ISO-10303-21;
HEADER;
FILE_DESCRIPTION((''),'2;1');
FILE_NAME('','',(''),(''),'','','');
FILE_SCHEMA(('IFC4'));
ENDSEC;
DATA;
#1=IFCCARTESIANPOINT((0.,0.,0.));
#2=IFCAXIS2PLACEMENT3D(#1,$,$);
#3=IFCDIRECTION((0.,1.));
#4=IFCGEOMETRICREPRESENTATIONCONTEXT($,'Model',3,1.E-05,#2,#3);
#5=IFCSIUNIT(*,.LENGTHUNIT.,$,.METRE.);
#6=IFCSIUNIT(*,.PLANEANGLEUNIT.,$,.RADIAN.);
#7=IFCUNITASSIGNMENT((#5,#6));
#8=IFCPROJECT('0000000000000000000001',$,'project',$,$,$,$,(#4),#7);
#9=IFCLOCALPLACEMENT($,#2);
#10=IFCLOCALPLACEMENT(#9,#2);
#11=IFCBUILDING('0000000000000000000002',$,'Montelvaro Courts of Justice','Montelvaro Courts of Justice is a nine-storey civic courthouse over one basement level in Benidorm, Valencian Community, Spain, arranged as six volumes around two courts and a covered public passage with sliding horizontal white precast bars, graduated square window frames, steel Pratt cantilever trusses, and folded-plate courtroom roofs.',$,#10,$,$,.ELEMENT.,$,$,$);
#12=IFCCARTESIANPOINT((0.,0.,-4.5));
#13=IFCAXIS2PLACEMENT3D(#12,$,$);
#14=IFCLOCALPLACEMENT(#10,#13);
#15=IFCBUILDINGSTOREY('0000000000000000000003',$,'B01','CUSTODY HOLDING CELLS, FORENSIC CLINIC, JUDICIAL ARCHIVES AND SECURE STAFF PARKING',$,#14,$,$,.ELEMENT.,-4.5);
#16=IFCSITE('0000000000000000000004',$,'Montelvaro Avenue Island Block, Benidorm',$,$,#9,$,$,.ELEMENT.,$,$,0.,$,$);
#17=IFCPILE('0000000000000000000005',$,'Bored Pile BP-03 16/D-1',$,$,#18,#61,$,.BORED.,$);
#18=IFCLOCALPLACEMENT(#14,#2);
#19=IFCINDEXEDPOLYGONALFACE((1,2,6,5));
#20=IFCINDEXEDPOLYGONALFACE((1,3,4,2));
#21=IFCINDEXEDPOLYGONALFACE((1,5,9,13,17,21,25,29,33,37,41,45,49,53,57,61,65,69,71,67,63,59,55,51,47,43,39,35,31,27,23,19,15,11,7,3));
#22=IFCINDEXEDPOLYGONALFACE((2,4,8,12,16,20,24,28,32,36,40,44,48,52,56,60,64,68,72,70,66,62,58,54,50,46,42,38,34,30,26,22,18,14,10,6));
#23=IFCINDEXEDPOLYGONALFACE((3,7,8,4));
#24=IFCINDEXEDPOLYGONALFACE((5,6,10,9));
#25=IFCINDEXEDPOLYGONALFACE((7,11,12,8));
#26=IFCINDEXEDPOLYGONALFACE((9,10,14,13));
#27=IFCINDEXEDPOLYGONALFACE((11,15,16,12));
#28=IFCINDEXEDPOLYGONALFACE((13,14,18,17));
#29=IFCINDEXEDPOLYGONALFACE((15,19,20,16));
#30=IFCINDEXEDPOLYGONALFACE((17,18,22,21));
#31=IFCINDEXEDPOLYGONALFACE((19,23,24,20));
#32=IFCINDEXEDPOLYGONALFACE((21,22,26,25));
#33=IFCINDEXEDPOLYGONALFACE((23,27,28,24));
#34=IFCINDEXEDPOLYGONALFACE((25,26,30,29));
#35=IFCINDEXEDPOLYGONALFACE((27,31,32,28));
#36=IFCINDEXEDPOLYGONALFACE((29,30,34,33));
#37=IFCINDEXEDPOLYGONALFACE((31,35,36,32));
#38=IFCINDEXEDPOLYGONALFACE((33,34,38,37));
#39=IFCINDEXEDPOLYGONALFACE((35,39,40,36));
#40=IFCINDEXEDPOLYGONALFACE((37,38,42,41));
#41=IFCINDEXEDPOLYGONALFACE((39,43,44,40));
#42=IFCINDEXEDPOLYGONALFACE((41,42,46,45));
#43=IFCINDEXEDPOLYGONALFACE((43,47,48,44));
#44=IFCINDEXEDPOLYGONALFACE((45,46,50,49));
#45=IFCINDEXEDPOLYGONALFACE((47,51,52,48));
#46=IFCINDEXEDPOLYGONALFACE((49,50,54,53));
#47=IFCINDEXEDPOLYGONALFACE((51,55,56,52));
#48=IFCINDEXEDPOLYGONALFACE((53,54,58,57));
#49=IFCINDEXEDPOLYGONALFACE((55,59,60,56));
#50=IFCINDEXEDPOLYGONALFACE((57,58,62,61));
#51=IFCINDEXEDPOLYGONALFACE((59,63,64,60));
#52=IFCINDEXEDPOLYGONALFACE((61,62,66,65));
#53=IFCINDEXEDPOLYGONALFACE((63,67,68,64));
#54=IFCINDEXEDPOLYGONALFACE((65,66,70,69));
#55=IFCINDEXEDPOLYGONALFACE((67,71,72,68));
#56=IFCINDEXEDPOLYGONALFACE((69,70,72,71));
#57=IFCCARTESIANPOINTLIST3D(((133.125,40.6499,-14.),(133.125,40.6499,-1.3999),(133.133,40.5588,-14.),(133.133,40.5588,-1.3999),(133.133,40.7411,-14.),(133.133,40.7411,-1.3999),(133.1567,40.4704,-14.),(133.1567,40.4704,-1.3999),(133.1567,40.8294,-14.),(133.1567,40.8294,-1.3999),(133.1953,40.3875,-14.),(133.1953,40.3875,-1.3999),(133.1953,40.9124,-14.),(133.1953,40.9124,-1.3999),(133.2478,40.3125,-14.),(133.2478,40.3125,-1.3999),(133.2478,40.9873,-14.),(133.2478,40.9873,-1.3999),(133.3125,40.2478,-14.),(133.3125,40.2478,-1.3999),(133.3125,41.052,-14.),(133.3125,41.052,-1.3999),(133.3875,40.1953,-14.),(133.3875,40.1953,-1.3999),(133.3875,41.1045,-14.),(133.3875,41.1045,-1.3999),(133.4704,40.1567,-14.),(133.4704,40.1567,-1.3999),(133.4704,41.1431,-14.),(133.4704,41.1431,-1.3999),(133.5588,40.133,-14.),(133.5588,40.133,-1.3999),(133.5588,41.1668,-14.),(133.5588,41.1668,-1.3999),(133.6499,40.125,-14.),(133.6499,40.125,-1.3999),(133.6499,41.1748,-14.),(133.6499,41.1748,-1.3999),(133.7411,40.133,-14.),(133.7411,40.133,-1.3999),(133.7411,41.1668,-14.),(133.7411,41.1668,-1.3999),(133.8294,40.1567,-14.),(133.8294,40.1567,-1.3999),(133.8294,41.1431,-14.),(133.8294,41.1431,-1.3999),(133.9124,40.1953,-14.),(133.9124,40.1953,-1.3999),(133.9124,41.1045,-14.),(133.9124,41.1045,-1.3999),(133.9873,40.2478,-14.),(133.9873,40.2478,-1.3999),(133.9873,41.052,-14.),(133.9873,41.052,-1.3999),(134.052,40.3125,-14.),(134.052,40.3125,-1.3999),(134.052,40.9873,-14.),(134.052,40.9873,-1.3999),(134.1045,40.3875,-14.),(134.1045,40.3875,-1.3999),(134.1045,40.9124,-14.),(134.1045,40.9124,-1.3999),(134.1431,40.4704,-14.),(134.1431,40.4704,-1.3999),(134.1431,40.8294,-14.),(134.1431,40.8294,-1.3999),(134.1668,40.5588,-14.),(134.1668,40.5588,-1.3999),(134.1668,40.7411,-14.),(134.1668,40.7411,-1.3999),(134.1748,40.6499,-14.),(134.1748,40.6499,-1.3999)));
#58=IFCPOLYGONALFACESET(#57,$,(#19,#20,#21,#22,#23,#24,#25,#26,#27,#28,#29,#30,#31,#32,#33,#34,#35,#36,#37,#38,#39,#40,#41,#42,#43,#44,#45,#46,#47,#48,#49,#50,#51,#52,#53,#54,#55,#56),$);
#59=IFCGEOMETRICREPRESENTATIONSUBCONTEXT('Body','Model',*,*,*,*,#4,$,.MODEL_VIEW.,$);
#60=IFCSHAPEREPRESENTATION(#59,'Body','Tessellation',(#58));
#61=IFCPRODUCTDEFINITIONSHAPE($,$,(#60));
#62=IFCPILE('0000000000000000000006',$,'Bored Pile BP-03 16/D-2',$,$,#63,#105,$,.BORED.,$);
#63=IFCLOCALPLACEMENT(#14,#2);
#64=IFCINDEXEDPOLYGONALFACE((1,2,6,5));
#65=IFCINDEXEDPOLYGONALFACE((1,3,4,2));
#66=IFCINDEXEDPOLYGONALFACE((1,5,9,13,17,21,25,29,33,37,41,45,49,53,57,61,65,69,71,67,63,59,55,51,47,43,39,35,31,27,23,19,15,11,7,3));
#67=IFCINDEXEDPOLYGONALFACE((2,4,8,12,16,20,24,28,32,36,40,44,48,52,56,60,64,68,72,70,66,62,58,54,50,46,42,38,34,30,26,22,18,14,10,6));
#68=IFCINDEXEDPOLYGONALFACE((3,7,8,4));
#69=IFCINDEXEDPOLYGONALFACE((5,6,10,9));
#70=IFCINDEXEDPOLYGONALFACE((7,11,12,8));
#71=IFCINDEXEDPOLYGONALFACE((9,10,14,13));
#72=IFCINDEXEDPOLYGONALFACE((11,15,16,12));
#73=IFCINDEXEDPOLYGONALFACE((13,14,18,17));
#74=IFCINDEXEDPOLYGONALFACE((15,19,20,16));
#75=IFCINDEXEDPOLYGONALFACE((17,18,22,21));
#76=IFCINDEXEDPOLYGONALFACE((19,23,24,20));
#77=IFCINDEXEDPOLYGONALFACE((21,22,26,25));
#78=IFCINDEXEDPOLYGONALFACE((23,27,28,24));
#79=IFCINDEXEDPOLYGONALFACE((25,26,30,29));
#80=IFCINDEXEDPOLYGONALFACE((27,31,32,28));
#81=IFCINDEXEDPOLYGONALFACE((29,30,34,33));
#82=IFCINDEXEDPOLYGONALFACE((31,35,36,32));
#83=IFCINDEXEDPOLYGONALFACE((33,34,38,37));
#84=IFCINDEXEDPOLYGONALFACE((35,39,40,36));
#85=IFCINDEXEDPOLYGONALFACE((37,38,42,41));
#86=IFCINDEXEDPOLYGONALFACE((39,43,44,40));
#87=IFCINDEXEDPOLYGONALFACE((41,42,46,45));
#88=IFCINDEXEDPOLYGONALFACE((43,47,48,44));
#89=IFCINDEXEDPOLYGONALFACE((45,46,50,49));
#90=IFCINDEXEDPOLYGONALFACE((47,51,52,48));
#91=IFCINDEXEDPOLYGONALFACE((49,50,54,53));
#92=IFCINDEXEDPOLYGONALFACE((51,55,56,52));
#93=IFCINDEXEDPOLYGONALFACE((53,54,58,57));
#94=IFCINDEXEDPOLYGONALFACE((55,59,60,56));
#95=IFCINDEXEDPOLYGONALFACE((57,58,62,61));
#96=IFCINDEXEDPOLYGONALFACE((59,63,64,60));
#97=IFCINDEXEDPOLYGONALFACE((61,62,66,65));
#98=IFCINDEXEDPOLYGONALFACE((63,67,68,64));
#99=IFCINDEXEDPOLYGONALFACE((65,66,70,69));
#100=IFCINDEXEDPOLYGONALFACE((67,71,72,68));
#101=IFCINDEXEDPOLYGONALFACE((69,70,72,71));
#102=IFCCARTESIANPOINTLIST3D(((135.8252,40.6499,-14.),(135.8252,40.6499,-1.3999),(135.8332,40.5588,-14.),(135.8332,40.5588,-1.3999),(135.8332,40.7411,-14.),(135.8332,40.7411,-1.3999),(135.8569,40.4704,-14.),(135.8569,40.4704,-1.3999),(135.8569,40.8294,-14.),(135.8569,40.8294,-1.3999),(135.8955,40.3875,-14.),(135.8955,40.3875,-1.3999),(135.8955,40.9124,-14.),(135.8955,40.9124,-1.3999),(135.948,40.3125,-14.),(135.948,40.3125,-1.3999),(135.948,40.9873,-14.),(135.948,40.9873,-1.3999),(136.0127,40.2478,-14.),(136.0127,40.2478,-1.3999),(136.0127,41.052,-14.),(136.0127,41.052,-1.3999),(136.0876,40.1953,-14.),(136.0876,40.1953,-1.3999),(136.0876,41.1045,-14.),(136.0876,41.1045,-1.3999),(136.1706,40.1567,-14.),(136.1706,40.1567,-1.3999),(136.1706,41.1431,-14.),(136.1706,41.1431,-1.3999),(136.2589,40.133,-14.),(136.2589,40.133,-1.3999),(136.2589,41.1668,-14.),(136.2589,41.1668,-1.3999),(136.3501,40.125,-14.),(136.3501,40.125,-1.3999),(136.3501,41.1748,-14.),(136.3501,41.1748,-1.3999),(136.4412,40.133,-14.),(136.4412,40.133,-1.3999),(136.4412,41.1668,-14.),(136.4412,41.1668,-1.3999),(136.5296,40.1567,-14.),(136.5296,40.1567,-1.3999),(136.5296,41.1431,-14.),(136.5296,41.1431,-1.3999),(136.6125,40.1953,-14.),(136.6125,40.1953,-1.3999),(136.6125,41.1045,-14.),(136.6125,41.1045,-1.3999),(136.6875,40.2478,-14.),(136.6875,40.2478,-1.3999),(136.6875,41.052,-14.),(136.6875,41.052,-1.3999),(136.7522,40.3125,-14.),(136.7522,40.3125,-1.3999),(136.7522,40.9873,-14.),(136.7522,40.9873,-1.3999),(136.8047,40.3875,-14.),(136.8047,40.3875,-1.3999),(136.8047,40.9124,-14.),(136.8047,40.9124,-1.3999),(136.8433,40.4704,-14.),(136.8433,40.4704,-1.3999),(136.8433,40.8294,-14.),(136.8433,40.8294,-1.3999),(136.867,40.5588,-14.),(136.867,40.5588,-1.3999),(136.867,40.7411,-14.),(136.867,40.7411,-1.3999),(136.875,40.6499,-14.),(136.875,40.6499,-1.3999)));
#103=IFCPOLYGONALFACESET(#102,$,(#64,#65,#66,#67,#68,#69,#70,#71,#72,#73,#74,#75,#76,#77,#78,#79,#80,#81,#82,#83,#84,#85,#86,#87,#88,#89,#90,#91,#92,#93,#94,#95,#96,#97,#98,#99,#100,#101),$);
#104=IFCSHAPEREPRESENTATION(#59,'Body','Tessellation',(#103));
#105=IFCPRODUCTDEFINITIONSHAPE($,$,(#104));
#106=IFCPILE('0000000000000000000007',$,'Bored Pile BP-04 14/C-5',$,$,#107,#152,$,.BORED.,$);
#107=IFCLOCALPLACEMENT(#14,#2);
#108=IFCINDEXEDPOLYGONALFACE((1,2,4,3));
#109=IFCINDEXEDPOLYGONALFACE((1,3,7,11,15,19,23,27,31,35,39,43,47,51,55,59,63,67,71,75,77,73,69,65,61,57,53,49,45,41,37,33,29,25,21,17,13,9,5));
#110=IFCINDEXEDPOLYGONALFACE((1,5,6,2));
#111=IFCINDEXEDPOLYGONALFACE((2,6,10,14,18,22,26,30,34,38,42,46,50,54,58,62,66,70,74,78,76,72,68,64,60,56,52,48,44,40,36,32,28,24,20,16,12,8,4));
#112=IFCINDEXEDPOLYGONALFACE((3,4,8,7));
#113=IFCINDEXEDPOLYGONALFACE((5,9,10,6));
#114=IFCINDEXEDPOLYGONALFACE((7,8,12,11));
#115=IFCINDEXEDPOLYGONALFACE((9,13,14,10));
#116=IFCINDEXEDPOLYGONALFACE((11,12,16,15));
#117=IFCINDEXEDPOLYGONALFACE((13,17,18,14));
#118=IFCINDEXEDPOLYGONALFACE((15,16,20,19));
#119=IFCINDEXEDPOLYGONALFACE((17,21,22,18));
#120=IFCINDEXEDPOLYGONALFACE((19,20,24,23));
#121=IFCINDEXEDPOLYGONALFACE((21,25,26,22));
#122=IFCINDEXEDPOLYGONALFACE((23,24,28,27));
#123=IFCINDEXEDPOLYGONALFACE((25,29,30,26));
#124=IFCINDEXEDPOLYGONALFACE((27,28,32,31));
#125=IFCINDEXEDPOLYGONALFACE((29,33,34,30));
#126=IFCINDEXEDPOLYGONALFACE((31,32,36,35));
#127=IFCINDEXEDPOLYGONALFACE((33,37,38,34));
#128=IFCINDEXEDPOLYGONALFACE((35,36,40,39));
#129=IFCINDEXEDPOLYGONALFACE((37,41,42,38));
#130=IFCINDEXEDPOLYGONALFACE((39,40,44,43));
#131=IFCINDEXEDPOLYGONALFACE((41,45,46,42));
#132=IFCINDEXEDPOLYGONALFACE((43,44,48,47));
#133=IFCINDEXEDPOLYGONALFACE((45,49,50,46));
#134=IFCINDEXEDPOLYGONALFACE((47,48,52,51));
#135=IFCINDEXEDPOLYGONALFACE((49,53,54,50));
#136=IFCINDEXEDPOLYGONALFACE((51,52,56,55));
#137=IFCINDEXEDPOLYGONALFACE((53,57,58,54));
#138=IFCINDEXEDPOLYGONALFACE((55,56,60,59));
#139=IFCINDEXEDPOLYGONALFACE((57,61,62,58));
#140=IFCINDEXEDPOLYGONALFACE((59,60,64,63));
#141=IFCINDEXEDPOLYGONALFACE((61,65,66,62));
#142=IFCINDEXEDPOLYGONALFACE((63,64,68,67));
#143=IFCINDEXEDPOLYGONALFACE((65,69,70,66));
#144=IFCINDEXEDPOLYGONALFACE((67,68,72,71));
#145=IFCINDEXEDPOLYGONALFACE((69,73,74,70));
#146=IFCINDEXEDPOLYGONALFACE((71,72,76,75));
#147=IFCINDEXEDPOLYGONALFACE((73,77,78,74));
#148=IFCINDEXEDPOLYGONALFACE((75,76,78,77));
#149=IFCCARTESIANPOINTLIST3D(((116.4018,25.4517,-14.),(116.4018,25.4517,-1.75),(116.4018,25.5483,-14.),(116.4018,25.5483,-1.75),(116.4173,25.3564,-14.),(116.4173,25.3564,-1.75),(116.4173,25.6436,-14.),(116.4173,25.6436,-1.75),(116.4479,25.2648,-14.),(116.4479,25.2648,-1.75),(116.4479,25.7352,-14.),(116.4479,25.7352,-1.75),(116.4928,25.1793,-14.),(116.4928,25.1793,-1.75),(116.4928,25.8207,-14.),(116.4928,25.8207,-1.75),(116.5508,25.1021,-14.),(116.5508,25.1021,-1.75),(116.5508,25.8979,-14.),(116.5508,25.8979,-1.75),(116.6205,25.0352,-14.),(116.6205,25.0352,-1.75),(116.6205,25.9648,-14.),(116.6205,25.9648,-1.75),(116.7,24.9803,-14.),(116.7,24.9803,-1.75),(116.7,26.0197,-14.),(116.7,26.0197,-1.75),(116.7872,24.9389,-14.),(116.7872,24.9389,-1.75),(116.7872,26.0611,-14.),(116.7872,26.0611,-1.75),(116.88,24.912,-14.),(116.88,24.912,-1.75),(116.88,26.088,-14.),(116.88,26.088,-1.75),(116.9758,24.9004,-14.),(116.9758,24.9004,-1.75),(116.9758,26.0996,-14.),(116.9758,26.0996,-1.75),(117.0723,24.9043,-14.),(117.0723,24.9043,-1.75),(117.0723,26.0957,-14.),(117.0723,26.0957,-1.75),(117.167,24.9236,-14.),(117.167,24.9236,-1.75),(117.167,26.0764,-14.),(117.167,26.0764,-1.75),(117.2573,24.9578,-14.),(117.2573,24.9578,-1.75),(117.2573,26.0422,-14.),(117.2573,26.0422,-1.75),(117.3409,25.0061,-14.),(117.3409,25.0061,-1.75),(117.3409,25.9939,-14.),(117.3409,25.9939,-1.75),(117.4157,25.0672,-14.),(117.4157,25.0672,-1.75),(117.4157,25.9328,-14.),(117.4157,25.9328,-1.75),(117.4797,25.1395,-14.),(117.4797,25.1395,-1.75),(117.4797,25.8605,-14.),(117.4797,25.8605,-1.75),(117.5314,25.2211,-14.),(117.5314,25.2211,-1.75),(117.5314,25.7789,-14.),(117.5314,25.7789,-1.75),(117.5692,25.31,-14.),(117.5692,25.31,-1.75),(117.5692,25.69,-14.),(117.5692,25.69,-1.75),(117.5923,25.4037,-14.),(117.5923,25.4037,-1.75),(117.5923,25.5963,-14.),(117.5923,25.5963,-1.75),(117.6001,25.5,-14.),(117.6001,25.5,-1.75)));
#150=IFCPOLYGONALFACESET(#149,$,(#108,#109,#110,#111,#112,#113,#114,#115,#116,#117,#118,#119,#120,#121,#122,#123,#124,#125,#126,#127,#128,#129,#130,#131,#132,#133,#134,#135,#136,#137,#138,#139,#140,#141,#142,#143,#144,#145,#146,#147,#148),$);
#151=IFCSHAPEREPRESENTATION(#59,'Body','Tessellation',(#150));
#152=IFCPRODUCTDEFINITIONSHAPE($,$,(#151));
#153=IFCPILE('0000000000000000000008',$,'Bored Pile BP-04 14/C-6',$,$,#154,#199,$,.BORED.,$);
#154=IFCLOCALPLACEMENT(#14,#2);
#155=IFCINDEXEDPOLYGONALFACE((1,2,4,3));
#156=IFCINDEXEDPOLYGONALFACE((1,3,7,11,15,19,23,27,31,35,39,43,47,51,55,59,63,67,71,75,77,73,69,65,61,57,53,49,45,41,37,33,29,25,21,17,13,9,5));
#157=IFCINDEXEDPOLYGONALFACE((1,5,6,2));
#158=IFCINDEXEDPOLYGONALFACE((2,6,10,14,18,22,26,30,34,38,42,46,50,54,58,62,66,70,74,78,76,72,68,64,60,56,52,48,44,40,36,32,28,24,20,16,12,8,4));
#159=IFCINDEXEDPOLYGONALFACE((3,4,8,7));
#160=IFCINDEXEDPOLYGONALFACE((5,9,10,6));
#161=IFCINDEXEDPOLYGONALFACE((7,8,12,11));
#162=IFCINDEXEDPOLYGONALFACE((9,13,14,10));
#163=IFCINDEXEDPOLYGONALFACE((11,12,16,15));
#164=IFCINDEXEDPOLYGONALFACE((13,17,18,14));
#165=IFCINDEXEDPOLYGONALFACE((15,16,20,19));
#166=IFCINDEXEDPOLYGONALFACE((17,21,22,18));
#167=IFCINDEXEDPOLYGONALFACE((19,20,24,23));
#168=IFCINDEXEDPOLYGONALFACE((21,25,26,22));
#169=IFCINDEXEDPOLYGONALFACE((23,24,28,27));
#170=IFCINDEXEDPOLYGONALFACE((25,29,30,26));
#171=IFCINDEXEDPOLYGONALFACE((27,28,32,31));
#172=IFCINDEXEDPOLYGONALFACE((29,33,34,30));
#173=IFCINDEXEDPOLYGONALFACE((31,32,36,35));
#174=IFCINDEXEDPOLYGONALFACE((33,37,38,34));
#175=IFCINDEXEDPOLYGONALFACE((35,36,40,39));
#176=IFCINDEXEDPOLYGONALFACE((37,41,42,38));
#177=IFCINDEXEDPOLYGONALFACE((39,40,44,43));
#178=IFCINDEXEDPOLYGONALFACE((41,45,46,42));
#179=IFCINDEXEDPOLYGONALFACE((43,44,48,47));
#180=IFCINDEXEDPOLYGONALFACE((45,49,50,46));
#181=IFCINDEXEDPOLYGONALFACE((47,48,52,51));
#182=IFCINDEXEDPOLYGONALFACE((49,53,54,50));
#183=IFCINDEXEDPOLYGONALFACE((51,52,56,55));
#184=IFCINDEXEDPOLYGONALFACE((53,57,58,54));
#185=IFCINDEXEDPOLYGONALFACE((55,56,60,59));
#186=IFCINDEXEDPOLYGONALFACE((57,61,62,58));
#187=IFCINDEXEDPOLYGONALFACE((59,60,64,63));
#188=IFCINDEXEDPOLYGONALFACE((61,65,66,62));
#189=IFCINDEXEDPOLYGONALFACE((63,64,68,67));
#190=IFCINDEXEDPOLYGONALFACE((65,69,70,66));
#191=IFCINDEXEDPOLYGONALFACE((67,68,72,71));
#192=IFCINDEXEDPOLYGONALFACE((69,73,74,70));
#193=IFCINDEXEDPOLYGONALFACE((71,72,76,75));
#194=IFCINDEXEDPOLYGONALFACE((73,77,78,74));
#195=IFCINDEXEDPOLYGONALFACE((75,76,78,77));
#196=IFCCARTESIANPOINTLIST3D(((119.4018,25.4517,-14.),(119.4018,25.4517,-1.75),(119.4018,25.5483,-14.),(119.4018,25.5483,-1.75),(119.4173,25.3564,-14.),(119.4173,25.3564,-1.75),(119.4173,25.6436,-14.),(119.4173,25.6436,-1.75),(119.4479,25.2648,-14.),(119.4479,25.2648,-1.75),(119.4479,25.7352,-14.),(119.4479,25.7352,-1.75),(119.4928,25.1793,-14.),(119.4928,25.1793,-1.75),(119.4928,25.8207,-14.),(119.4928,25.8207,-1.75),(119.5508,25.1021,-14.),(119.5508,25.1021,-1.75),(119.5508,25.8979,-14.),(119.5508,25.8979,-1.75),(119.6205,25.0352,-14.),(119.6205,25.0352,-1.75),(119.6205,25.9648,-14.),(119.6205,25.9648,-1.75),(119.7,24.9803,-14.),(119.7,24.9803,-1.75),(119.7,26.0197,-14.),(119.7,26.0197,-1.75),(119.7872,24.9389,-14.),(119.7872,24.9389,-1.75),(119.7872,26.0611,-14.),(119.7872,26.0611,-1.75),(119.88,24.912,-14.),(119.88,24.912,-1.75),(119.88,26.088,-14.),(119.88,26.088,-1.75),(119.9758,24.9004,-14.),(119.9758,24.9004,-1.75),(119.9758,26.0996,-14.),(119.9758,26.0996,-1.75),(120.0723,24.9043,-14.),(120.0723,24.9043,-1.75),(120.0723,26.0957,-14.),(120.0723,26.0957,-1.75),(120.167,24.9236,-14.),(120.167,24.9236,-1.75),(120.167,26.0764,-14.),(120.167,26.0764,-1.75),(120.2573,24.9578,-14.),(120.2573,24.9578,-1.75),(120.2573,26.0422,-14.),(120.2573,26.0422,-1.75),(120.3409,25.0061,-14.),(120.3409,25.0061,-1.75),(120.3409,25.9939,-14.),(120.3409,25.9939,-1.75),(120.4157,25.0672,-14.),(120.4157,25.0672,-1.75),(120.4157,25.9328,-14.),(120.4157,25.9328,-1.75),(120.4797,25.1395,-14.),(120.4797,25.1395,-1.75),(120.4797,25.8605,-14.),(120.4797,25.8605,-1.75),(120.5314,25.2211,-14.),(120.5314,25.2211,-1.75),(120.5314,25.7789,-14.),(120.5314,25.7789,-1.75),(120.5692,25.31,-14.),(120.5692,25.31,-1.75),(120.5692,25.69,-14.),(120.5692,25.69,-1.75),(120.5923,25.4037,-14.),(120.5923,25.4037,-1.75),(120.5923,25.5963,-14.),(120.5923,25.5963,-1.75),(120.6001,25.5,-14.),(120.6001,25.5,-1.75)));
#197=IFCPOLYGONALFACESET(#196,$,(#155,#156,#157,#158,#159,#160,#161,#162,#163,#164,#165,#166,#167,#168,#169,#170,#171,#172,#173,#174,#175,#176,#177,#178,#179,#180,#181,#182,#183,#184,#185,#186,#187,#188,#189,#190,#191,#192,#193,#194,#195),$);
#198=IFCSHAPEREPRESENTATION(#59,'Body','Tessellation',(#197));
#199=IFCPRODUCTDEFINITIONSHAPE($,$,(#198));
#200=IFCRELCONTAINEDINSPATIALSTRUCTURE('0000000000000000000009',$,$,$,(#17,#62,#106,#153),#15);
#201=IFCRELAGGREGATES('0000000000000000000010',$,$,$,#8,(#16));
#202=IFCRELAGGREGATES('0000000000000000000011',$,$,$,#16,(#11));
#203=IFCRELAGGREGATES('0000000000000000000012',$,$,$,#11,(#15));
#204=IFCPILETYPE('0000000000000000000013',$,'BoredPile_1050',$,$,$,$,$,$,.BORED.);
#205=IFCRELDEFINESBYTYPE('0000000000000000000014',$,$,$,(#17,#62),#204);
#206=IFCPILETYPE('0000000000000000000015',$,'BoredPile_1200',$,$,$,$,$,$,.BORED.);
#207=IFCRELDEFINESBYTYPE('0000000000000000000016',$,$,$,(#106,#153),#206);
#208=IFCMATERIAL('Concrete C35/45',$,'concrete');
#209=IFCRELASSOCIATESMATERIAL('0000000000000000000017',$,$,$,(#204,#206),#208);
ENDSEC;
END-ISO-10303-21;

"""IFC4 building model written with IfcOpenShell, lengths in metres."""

from ifc_helpers import new_model, si_unit, direction, frame, origin, origin_2d, place, context, subcontext, project, spatial, circle, extrude, material, material_profile, profile_set, type_object, element, save


model = new_model("IFC4")

# Units and contexts
model_context = context("Model", 3, precision=1e-05, world=origin(), true_north=direction((0.0, 1.0)))
body_context = subcontext(model_context, "Body", "Model", "MODEL_VIEW")
ifc_project = project(units=[si_unit("LENGTHUNIT", "METRE"), si_unit("PLANEANGLEUNIT", "RADIAN")], contexts=[model_context])

# Site, building, storey
site_placement = place(None, origin())
site = spatial("IfcSite", under=ifc_project, at=site_placement, Name="Montelvaro Avenue Island Block, Benidorm", CompositionType="ELEMENT", RefElevation=0.0)
building_placement = place(site_placement, origin())
building = spatial("IfcBuilding", under=site, at=building_placement, Name="Montelvaro Courts of Justice", Description="Montelvaro Courts of Justice is a nine-storey civic courthouse over one basement level in Benidorm, Valencian Community, Spain, arranged as six volumes around two courts and a covered public passage with sliding horizontal white precast bars, graduated square window frames, steel Pratt cantilever trusses, and folded-plate courtroom roofs.", CompositionType="ELEMENT")
storey_placement = place(building_placement, frame((0.0, 0.0, -4.5)))
storey = spatial("IfcBuildingStorey", under=building, at=storey_placement, Name="B01", Description="CUSTODY HOLDING CELLS, FORENSIC CLINIC, JUDICIAL ARCHIVES AND SECURE STAFF PARKING", CompositionType="ELEMENT", Elevation=-4.5)

# Piles
ifc_material_1 = material(Name="Concrete C35/45", Category="concrete")
ifc_material_profile_1 = material_profile(ifc_material_1, circle(Radius=0.5249, at=origin_2d()), Name="BORED PILE D1050")
ifc_profile_set_1 = profile_set([ifc_material_profile_1], Name="Concrete C35/45")
pile_type_1 = type_object("IfcPileType", Name="BoredPile_1050", PredefinedType="BORED", material=ifc_profile_set_1)
for number, where, z_axis, x_axis, name in (
    (1, (133.6499, 40.6499, -1.3999), (0.0, 0.0, -1.0), (1.0, 0.0, 0.0), "Bored Pile BP-03 16/D-1"),
    (2, (136.3501, 40.6499, -1.3999), (0.0, 0.0, -1.0), (1.0, 0.0, 0.0), "Bored Pile BP-03 16/D-2"),
):
    element("IfcPile", number, at=place(storey_placement, frame(where, z_axis=z_axis, x_axis=x_axis)), inside=storey, type_object=pile_type_1, Name=name, PredefinedType="BORED", context=body_context, shape_type="SweptSolid", body=[
        extrude(circle(Radius=0.5249, at=origin_2d()), origin(), (0.0, 0.0, 1.0), 12.6001),
    ])
ifc_material_profile_2 = material_profile(ifc_material_1, circle(Radius=0.6001, at=origin_2d()), Name="BORED PILE D1200")
ifc_profile_set_2 = profile_set([ifc_material_profile_2], Name="Concrete C35/45")
pile_type_2 = type_object("IfcPileType", Name="BoredPile_1200", PredefinedType="BORED", material=ifc_profile_set_2)
for number, where, z_axis, x_axis, name in (
    (3, (117.0, 25.5, -1.75), (0.0, 0.0, -1.0), (1.0, 0.0, 0.0), "Bored Pile BP-04 14/C-5"),
    (4, (120.0, 25.5, -1.75), (0.0, 0.0, -1.0), (1.0, 0.0, 0.0), "Bored Pile BP-04 14/C-6"),
):
    element("IfcPile", number, at=place(storey_placement, frame(where, z_axis=z_axis, x_axis=x_axis)), inside=storey, type_object=pile_type_2, Name=name, PredefinedType="BORED", context=body_context, shape_type="SweptSolid", body=[
        extrude(circle(Radius=0.6001, at=origin_2d()), origin(), (0.0, 0.0, 1.0), 12.25),
    ])

save(model, "model.ifc")
